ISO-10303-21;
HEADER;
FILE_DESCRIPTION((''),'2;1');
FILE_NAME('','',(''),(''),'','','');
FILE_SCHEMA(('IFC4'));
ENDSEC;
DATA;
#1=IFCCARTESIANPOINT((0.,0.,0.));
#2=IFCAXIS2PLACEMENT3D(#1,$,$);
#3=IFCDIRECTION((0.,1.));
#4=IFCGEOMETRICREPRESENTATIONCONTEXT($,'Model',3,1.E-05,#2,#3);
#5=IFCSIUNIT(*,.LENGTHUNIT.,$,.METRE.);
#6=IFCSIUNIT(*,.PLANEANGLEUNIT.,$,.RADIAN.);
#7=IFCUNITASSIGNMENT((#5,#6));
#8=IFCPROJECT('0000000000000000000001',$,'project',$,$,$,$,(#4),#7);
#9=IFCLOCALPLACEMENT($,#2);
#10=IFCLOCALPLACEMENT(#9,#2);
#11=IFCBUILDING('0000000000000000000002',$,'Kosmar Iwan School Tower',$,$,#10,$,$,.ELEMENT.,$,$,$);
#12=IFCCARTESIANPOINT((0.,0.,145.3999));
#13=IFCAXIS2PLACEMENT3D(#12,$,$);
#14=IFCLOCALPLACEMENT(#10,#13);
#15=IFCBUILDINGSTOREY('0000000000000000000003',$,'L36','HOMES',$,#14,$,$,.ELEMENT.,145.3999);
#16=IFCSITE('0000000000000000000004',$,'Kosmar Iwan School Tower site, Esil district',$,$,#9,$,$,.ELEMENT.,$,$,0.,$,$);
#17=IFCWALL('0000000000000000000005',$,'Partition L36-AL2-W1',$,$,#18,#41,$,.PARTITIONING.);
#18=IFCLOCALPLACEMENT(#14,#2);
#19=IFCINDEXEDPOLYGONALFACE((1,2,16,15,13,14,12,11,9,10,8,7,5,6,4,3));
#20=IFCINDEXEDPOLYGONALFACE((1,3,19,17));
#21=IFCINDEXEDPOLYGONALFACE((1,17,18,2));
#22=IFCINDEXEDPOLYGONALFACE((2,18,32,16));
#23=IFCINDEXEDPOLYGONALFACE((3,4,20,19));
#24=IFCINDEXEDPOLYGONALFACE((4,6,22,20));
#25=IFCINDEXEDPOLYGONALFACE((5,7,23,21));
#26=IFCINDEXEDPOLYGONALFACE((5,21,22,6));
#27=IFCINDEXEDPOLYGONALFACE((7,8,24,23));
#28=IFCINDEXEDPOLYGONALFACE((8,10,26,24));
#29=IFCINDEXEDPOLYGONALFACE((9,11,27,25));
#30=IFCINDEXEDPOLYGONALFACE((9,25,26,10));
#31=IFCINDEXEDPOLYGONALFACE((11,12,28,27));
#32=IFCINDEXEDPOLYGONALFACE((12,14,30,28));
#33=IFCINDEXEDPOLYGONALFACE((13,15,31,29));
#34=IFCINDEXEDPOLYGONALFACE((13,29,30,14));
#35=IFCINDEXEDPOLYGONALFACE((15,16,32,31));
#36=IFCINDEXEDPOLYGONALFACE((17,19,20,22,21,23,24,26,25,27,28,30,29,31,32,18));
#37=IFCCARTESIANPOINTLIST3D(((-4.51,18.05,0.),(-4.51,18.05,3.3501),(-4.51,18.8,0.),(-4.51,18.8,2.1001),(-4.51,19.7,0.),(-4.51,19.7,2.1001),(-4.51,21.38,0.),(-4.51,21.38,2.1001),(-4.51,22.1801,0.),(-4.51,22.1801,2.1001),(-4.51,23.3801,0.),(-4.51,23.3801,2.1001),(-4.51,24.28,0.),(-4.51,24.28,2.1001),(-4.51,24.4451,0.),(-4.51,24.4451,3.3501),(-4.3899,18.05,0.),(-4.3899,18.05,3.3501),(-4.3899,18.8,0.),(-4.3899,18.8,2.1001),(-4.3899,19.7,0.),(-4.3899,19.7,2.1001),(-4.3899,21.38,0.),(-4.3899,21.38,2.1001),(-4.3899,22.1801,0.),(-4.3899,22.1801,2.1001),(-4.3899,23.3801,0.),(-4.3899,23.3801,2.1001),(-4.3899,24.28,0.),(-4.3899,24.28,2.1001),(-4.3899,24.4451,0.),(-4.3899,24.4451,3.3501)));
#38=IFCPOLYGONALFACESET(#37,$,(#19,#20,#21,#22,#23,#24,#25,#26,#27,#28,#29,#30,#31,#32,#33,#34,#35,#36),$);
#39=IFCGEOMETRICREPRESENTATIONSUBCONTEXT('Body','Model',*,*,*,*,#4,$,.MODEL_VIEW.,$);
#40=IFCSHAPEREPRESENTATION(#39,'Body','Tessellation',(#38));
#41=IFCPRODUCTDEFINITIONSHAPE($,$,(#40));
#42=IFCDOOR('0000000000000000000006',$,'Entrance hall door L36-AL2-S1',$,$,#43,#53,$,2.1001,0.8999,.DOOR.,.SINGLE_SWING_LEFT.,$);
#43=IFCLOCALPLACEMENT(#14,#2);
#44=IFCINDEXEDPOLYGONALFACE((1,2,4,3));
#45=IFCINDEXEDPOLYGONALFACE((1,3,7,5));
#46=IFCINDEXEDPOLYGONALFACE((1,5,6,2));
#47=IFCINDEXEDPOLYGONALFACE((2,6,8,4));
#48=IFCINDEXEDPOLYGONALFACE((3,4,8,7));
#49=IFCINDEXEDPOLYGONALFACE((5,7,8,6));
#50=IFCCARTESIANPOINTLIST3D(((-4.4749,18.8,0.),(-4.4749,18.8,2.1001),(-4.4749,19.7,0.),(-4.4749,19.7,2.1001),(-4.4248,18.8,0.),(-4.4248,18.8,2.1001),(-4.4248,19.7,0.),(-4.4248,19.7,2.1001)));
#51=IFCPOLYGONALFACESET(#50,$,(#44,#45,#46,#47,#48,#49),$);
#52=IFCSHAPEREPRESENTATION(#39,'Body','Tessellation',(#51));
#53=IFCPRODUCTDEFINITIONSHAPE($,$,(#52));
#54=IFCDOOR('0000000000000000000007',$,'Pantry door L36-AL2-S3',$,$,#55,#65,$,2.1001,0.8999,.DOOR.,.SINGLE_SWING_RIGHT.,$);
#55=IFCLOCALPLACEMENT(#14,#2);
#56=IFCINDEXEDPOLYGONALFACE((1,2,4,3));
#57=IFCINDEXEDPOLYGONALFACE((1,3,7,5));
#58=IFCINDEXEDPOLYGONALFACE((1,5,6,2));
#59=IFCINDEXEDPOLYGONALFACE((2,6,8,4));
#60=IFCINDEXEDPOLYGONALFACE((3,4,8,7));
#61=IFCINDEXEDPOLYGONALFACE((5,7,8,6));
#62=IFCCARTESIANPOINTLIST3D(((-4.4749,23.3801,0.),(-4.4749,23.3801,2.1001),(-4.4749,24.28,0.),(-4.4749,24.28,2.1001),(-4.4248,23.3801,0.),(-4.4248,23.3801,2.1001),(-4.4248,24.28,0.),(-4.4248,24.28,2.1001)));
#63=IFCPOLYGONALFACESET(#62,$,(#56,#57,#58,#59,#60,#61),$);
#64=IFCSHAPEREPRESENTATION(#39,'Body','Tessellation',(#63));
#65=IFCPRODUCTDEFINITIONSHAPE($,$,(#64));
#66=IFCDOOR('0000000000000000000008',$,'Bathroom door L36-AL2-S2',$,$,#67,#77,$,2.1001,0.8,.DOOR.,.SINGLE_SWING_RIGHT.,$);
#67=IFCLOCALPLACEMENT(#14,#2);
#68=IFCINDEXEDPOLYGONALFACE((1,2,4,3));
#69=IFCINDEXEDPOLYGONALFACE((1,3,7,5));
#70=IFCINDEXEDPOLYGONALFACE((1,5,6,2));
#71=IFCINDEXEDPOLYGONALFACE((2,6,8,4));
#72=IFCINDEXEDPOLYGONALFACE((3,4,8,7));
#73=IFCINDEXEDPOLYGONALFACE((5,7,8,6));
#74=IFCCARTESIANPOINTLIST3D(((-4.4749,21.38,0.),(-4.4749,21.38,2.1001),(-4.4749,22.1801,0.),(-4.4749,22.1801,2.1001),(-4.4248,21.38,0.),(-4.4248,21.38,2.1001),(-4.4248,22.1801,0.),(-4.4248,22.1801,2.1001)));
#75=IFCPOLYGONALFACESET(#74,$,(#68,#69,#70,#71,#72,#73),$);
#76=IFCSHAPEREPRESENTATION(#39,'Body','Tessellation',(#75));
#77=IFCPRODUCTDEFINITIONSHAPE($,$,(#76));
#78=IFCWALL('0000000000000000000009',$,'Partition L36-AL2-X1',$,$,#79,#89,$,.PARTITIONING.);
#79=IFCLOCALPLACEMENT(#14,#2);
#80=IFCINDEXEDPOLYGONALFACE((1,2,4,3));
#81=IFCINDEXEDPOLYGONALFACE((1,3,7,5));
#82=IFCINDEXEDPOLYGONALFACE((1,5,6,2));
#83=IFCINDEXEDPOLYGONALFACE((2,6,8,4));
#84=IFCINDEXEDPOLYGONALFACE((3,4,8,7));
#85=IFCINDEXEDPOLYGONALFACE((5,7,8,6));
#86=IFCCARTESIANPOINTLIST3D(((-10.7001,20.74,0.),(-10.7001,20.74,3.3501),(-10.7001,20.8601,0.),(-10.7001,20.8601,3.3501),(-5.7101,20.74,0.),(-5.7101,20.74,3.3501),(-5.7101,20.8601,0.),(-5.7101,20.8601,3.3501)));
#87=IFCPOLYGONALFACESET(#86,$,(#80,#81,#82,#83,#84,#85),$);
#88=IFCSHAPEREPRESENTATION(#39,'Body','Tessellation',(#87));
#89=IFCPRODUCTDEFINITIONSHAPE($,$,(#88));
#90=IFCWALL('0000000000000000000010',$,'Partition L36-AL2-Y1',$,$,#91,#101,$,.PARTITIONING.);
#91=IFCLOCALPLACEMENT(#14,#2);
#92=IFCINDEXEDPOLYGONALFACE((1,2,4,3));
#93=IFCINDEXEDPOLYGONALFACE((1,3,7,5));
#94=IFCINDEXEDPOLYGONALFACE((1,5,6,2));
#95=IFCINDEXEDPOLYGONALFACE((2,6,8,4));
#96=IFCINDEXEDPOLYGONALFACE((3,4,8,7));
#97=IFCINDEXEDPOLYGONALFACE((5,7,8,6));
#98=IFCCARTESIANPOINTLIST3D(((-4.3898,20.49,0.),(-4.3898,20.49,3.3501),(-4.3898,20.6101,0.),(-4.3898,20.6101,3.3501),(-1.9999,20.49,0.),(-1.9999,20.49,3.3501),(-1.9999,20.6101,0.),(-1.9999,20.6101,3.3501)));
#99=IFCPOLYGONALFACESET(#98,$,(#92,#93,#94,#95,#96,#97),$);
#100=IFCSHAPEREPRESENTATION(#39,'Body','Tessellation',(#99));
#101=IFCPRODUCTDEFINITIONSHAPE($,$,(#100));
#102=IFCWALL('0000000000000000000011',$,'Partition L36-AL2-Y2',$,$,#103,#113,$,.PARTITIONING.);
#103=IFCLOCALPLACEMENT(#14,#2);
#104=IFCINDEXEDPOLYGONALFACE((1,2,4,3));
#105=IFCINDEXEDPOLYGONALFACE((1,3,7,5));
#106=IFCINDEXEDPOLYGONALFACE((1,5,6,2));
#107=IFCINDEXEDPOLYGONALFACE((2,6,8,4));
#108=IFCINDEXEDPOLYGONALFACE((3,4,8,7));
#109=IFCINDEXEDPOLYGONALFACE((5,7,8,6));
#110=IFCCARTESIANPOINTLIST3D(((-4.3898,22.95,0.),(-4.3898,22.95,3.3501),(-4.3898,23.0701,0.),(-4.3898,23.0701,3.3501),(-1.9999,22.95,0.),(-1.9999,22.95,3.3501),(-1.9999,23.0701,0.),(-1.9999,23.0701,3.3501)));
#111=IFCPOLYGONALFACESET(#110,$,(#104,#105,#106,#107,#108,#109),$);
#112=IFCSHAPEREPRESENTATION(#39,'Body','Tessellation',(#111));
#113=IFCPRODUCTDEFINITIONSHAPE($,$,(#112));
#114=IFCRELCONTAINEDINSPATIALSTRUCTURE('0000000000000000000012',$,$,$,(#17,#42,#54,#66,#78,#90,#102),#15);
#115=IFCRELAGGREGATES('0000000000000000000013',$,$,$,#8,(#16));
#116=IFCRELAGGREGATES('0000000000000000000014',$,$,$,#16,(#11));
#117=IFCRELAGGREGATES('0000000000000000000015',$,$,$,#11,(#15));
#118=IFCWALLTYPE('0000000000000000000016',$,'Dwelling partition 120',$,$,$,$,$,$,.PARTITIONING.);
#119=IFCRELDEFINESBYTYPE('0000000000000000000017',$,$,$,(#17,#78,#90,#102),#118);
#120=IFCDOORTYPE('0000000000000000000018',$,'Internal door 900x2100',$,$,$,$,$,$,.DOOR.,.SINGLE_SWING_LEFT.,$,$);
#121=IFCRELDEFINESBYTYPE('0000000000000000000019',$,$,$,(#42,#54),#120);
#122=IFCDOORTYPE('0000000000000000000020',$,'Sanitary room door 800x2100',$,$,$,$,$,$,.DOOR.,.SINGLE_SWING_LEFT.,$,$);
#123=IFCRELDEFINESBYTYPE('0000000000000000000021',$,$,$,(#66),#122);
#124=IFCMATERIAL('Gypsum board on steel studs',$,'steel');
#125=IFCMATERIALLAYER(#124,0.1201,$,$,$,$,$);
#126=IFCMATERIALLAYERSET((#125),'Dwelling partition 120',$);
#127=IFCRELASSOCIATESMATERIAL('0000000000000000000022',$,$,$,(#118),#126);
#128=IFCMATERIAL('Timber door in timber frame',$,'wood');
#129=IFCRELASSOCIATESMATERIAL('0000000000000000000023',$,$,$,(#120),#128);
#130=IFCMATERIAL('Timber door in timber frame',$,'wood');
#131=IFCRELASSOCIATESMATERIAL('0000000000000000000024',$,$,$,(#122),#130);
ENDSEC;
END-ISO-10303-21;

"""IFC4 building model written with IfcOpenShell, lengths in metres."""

from ifc_helpers import new_model, si_unit, direction, frame, frame_2d, origin, place, context, subcontext, project, spatial, rectangle, extrude, material, layer, layer_set, type_object, element, fill, save


model = new_model("IFC4")

# Units and contexts
model_context = context("Model", 3, precision=1e-05, world=origin(), true_north=direction((0.0, 1.0)))
body_context = subcontext(model_context, "Body", "Model", "MODEL_VIEW")
ifc_project = project(units=[si_unit("LENGTHUNIT", "METRE"), si_unit("PLANEANGLEUNIT", "RADIAN")], contexts=[model_context])

# Site, building, storey
site_placement = place(None, origin())
site = spatial("IfcSite", under=ifc_project, at=site_placement, Name="Kosmar Iwan School Tower site, Esil district", CompositionType="ELEMENT", RefElevation=0.0)
building_placement = place(site_placement, origin())
building = spatial("IfcBuilding", under=site, at=building_placement, Name="Kosmar Iwan School Tower", CompositionType="ELEMENT")
storey_placement = place(building_placement, frame((0.0, 0.0, 145.3999)))
storey = spatial("IfcBuildingStorey", under=building, at=storey_placement, Name="L36", Description="HOMES", CompositionType="ELEMENT", Elevation=145.3999)

# Wall, openings, doors
ifc_material_1 = material(Name="Gypsum board on steel studs", Category="steel")
ifc_layer_1 = layer(ifc_material_1, 0.1201)
ifc_layer_set_1 = layer_set([ifc_layer_1], Name="Dwelling partition 120")
wall_type = type_object("IfcWallType", Name="Dwelling partition 120", PredefinedType="PARTITIONING", material=ifc_layer_set_1)
wall_1_placement = place(storey_placement, frame((-4.45, 18.05, 0.0), z_axis=(0.0, 0.0, 1.0), x_axis=(0.0, 1.0, 0.0)))
wall_1 = element("IfcWall", 1, at=wall_1_placement, inside=storey, type_object=wall_type, Name="Partition L36-AL2-W1", PredefinedType="PARTITIONING", context=body_context, shape_type="SweptSolid", body=[
    extrude(rectangle(XDim=6.395, YDim=0.1201, at=frame_2d((3.1975, 0.0))), origin(), (0.0, 0.0, 1.0), 3.3501),
])
opening_1_placement = place(wall_1_placement, frame((0.75, 0.0, 0.0)))
opening_1 = element("IfcOpeningElement", 2, at=opening_1_placement, cuts=wall_1, PredefinedType="OPENING", context=body_context, shape_type="SweptSolid", body=[
    extrude(rectangle(XDim=0.8999, YDim=2.1001, at=frame_2d((0.45, 1.05))), frame((0.0, 0.072, 0.0), z_axis=(0.0, -1.0, 0.0), x_axis=(1.0, 0.0, 0.0)), (0.0, 0.0, 1.0), 0.144),
])
opening_2_placement = place(wall_1_placement, frame((3.3301, 0.0, 0.0)))
opening_2 = element("IfcOpeningElement", 3, at=opening_2_placement, cuts=wall_1, PredefinedType="OPENING", context=body_context, shape_type="SweptSolid", body=[
    extrude(rectangle(XDim=0.8, YDim=2.1001, at=frame_2d((0.3999, 1.05))), frame((0.0, 0.072, 0.0), z_axis=(0.0, -1.0, 0.0), x_axis=(1.0, 0.0, 0.0)), (0.0, 0.0, 1.0), 0.144),
])
opening_3_placement = place(wall_1_placement, frame((5.3301, 0.0, 0.0)))
opening_3 = element("IfcOpeningElement", 4, at=opening_3_placement, cuts=wall_1, PredefinedType="OPENING", context=body_context, shape_type="SweptSolid", body=[
    extrude(rectangle(XDim=0.8999, YDim=2.1001, at=frame_2d((0.45, 1.05))), frame((0.0, 0.072, 0.0), z_axis=(0.0, -1.0, 0.0), x_axis=(1.0, 0.0, 0.0)), (0.0, 0.0, 1.0), 0.144),
])
ifc_material_2 = material(Name="Timber door in timber frame", Category="wood")
door_type_1 = type_object("IfcDoorType", Name="Internal door 900x2100", OperationType="SINGLE_SWING_LEFT", PredefinedType="DOOR", material=ifc_material_2)
door_1_placement = place(opening_1_placement, origin())
door_1 = element("IfcDoor", 5, at=door_1_placement, inside=storey, type_object=door_type_1, Name="Entrance hall door L36-AL2-S1", OperationType="SINGLE_SWING_LEFT", OverallHeight=2.1001, OverallWidth=0.8999, PredefinedType="DOOR", context=body_context, shape_type="SweptSolid", body=[
    extrude(rectangle(XDim=0.8999, YDim=2.1001, at=frame_2d((0.45, 1.05))), frame((0.0, 0.0249, 0.0), z_axis=(0.0, -1.0, 0.0), x_axis=(1.0, 0.0, 0.0)), (0.0, 0.0, 1.0), 0.05),
])
fill(opening_1, door_1)
door_2_placement = place(opening_3_placement, origin())
door_2 = element("IfcDoor", 6, at=door_2_placement, inside=storey, type_object=door_type_1, Name="Pantry door L36-AL2-S3", OperationType="SINGLE_SWING_RIGHT", OverallHeight=2.1001, OverallWidth=0.8999, PredefinedType="DOOR", context=body_context, shape_type="SweptSolid", body=[
    extrude(rectangle(XDim=0.8999, YDim=2.1001, at=frame_2d((0.45, 1.05))), frame((0.0, 0.0249, 0.0), z_axis=(0.0, -1.0, 0.0), x_axis=(1.0, 0.0, 0.0)), (0.0, 0.0, 1.0), 0.05),
])
fill(opening_3, door_2)
ifc_material_3 = material(Name="Timber door in timber frame", Category="wood")
door_type_2 = type_object("IfcDoorType", Name="Sanitary room door 800x2100", OperationType="SINGLE_SWING_LEFT", PredefinedType="DOOR", material=ifc_material_3)
door_3_placement = place(opening_2_placement, origin())
door_3 = element("IfcDoor", 7, at=door_3_placement, inside=storey, type_object=door_type_2, Name="Bathroom door L36-AL2-S2", OperationType="SINGLE_SWING_RIGHT", OverallHeight=2.1001, OverallWidth=0.8, PredefinedType="DOOR", context=body_context, shape_type="SweptSolid", body=[
    extrude(rectangle(XDim=0.8, YDim=2.1001, at=frame_2d((0.3999, 1.05))), frame((0.0, 0.0249, 0.0), z_axis=(0.0, -1.0, 0.0), x_axis=(1.0, 0.0, 0.0)), (0.0, 0.0, 1.0), 0.05),
])
fill(opening_2, door_3)

# Walls
wall_2_placement = place(storey_placement, frame((-5.71, 20.8, 0.0), z_axis=(0.0, 0.0, 1.0), x_axis=(-1.0, 0.0, 0.0)))
element("IfcWall", 8, at=wall_2_placement, inside=storey, type_object=wall_type, Name="Partition L36-AL2-X1", PredefinedType="PARTITIONING", context=body_context, shape_type="SweptSolid", body=[
    extrude(rectangle(XDim=4.99, YDim=0.1201, at=frame_2d((2.4951, 0.0))), origin(), (0.0, 0.0, 1.0), 3.3501),
])
for number, where, z_axis, x_axis, name in (
    (9, (-2.0, 20.55, 0.0), (0.0, 0.0, 1.0), (-1.0, 0.0, 0.0), "Partition L36-AL2-Y1"),
    (10, (-2.0, 23.01, 0.0), (0.0, 0.0, 1.0), (-1.0, 0.0, 0.0), "Partition L36-AL2-Y2"),
):
    element("IfcWall", number, at=place(storey_placement, frame(where, z_axis=z_axis, x_axis=x_axis)), inside=storey, type_object=wall_type, Name=name, PredefinedType="PARTITIONING", context=body_context, shape_type="SweptSolid", body=[
        extrude(rectangle(XDim=2.3899, YDim=0.1201, at=frame_2d((1.1948, 0.0))), origin(), (0.0, 0.0, 1.0), 3.3501),
    ])

save(model, "model.ifc")
